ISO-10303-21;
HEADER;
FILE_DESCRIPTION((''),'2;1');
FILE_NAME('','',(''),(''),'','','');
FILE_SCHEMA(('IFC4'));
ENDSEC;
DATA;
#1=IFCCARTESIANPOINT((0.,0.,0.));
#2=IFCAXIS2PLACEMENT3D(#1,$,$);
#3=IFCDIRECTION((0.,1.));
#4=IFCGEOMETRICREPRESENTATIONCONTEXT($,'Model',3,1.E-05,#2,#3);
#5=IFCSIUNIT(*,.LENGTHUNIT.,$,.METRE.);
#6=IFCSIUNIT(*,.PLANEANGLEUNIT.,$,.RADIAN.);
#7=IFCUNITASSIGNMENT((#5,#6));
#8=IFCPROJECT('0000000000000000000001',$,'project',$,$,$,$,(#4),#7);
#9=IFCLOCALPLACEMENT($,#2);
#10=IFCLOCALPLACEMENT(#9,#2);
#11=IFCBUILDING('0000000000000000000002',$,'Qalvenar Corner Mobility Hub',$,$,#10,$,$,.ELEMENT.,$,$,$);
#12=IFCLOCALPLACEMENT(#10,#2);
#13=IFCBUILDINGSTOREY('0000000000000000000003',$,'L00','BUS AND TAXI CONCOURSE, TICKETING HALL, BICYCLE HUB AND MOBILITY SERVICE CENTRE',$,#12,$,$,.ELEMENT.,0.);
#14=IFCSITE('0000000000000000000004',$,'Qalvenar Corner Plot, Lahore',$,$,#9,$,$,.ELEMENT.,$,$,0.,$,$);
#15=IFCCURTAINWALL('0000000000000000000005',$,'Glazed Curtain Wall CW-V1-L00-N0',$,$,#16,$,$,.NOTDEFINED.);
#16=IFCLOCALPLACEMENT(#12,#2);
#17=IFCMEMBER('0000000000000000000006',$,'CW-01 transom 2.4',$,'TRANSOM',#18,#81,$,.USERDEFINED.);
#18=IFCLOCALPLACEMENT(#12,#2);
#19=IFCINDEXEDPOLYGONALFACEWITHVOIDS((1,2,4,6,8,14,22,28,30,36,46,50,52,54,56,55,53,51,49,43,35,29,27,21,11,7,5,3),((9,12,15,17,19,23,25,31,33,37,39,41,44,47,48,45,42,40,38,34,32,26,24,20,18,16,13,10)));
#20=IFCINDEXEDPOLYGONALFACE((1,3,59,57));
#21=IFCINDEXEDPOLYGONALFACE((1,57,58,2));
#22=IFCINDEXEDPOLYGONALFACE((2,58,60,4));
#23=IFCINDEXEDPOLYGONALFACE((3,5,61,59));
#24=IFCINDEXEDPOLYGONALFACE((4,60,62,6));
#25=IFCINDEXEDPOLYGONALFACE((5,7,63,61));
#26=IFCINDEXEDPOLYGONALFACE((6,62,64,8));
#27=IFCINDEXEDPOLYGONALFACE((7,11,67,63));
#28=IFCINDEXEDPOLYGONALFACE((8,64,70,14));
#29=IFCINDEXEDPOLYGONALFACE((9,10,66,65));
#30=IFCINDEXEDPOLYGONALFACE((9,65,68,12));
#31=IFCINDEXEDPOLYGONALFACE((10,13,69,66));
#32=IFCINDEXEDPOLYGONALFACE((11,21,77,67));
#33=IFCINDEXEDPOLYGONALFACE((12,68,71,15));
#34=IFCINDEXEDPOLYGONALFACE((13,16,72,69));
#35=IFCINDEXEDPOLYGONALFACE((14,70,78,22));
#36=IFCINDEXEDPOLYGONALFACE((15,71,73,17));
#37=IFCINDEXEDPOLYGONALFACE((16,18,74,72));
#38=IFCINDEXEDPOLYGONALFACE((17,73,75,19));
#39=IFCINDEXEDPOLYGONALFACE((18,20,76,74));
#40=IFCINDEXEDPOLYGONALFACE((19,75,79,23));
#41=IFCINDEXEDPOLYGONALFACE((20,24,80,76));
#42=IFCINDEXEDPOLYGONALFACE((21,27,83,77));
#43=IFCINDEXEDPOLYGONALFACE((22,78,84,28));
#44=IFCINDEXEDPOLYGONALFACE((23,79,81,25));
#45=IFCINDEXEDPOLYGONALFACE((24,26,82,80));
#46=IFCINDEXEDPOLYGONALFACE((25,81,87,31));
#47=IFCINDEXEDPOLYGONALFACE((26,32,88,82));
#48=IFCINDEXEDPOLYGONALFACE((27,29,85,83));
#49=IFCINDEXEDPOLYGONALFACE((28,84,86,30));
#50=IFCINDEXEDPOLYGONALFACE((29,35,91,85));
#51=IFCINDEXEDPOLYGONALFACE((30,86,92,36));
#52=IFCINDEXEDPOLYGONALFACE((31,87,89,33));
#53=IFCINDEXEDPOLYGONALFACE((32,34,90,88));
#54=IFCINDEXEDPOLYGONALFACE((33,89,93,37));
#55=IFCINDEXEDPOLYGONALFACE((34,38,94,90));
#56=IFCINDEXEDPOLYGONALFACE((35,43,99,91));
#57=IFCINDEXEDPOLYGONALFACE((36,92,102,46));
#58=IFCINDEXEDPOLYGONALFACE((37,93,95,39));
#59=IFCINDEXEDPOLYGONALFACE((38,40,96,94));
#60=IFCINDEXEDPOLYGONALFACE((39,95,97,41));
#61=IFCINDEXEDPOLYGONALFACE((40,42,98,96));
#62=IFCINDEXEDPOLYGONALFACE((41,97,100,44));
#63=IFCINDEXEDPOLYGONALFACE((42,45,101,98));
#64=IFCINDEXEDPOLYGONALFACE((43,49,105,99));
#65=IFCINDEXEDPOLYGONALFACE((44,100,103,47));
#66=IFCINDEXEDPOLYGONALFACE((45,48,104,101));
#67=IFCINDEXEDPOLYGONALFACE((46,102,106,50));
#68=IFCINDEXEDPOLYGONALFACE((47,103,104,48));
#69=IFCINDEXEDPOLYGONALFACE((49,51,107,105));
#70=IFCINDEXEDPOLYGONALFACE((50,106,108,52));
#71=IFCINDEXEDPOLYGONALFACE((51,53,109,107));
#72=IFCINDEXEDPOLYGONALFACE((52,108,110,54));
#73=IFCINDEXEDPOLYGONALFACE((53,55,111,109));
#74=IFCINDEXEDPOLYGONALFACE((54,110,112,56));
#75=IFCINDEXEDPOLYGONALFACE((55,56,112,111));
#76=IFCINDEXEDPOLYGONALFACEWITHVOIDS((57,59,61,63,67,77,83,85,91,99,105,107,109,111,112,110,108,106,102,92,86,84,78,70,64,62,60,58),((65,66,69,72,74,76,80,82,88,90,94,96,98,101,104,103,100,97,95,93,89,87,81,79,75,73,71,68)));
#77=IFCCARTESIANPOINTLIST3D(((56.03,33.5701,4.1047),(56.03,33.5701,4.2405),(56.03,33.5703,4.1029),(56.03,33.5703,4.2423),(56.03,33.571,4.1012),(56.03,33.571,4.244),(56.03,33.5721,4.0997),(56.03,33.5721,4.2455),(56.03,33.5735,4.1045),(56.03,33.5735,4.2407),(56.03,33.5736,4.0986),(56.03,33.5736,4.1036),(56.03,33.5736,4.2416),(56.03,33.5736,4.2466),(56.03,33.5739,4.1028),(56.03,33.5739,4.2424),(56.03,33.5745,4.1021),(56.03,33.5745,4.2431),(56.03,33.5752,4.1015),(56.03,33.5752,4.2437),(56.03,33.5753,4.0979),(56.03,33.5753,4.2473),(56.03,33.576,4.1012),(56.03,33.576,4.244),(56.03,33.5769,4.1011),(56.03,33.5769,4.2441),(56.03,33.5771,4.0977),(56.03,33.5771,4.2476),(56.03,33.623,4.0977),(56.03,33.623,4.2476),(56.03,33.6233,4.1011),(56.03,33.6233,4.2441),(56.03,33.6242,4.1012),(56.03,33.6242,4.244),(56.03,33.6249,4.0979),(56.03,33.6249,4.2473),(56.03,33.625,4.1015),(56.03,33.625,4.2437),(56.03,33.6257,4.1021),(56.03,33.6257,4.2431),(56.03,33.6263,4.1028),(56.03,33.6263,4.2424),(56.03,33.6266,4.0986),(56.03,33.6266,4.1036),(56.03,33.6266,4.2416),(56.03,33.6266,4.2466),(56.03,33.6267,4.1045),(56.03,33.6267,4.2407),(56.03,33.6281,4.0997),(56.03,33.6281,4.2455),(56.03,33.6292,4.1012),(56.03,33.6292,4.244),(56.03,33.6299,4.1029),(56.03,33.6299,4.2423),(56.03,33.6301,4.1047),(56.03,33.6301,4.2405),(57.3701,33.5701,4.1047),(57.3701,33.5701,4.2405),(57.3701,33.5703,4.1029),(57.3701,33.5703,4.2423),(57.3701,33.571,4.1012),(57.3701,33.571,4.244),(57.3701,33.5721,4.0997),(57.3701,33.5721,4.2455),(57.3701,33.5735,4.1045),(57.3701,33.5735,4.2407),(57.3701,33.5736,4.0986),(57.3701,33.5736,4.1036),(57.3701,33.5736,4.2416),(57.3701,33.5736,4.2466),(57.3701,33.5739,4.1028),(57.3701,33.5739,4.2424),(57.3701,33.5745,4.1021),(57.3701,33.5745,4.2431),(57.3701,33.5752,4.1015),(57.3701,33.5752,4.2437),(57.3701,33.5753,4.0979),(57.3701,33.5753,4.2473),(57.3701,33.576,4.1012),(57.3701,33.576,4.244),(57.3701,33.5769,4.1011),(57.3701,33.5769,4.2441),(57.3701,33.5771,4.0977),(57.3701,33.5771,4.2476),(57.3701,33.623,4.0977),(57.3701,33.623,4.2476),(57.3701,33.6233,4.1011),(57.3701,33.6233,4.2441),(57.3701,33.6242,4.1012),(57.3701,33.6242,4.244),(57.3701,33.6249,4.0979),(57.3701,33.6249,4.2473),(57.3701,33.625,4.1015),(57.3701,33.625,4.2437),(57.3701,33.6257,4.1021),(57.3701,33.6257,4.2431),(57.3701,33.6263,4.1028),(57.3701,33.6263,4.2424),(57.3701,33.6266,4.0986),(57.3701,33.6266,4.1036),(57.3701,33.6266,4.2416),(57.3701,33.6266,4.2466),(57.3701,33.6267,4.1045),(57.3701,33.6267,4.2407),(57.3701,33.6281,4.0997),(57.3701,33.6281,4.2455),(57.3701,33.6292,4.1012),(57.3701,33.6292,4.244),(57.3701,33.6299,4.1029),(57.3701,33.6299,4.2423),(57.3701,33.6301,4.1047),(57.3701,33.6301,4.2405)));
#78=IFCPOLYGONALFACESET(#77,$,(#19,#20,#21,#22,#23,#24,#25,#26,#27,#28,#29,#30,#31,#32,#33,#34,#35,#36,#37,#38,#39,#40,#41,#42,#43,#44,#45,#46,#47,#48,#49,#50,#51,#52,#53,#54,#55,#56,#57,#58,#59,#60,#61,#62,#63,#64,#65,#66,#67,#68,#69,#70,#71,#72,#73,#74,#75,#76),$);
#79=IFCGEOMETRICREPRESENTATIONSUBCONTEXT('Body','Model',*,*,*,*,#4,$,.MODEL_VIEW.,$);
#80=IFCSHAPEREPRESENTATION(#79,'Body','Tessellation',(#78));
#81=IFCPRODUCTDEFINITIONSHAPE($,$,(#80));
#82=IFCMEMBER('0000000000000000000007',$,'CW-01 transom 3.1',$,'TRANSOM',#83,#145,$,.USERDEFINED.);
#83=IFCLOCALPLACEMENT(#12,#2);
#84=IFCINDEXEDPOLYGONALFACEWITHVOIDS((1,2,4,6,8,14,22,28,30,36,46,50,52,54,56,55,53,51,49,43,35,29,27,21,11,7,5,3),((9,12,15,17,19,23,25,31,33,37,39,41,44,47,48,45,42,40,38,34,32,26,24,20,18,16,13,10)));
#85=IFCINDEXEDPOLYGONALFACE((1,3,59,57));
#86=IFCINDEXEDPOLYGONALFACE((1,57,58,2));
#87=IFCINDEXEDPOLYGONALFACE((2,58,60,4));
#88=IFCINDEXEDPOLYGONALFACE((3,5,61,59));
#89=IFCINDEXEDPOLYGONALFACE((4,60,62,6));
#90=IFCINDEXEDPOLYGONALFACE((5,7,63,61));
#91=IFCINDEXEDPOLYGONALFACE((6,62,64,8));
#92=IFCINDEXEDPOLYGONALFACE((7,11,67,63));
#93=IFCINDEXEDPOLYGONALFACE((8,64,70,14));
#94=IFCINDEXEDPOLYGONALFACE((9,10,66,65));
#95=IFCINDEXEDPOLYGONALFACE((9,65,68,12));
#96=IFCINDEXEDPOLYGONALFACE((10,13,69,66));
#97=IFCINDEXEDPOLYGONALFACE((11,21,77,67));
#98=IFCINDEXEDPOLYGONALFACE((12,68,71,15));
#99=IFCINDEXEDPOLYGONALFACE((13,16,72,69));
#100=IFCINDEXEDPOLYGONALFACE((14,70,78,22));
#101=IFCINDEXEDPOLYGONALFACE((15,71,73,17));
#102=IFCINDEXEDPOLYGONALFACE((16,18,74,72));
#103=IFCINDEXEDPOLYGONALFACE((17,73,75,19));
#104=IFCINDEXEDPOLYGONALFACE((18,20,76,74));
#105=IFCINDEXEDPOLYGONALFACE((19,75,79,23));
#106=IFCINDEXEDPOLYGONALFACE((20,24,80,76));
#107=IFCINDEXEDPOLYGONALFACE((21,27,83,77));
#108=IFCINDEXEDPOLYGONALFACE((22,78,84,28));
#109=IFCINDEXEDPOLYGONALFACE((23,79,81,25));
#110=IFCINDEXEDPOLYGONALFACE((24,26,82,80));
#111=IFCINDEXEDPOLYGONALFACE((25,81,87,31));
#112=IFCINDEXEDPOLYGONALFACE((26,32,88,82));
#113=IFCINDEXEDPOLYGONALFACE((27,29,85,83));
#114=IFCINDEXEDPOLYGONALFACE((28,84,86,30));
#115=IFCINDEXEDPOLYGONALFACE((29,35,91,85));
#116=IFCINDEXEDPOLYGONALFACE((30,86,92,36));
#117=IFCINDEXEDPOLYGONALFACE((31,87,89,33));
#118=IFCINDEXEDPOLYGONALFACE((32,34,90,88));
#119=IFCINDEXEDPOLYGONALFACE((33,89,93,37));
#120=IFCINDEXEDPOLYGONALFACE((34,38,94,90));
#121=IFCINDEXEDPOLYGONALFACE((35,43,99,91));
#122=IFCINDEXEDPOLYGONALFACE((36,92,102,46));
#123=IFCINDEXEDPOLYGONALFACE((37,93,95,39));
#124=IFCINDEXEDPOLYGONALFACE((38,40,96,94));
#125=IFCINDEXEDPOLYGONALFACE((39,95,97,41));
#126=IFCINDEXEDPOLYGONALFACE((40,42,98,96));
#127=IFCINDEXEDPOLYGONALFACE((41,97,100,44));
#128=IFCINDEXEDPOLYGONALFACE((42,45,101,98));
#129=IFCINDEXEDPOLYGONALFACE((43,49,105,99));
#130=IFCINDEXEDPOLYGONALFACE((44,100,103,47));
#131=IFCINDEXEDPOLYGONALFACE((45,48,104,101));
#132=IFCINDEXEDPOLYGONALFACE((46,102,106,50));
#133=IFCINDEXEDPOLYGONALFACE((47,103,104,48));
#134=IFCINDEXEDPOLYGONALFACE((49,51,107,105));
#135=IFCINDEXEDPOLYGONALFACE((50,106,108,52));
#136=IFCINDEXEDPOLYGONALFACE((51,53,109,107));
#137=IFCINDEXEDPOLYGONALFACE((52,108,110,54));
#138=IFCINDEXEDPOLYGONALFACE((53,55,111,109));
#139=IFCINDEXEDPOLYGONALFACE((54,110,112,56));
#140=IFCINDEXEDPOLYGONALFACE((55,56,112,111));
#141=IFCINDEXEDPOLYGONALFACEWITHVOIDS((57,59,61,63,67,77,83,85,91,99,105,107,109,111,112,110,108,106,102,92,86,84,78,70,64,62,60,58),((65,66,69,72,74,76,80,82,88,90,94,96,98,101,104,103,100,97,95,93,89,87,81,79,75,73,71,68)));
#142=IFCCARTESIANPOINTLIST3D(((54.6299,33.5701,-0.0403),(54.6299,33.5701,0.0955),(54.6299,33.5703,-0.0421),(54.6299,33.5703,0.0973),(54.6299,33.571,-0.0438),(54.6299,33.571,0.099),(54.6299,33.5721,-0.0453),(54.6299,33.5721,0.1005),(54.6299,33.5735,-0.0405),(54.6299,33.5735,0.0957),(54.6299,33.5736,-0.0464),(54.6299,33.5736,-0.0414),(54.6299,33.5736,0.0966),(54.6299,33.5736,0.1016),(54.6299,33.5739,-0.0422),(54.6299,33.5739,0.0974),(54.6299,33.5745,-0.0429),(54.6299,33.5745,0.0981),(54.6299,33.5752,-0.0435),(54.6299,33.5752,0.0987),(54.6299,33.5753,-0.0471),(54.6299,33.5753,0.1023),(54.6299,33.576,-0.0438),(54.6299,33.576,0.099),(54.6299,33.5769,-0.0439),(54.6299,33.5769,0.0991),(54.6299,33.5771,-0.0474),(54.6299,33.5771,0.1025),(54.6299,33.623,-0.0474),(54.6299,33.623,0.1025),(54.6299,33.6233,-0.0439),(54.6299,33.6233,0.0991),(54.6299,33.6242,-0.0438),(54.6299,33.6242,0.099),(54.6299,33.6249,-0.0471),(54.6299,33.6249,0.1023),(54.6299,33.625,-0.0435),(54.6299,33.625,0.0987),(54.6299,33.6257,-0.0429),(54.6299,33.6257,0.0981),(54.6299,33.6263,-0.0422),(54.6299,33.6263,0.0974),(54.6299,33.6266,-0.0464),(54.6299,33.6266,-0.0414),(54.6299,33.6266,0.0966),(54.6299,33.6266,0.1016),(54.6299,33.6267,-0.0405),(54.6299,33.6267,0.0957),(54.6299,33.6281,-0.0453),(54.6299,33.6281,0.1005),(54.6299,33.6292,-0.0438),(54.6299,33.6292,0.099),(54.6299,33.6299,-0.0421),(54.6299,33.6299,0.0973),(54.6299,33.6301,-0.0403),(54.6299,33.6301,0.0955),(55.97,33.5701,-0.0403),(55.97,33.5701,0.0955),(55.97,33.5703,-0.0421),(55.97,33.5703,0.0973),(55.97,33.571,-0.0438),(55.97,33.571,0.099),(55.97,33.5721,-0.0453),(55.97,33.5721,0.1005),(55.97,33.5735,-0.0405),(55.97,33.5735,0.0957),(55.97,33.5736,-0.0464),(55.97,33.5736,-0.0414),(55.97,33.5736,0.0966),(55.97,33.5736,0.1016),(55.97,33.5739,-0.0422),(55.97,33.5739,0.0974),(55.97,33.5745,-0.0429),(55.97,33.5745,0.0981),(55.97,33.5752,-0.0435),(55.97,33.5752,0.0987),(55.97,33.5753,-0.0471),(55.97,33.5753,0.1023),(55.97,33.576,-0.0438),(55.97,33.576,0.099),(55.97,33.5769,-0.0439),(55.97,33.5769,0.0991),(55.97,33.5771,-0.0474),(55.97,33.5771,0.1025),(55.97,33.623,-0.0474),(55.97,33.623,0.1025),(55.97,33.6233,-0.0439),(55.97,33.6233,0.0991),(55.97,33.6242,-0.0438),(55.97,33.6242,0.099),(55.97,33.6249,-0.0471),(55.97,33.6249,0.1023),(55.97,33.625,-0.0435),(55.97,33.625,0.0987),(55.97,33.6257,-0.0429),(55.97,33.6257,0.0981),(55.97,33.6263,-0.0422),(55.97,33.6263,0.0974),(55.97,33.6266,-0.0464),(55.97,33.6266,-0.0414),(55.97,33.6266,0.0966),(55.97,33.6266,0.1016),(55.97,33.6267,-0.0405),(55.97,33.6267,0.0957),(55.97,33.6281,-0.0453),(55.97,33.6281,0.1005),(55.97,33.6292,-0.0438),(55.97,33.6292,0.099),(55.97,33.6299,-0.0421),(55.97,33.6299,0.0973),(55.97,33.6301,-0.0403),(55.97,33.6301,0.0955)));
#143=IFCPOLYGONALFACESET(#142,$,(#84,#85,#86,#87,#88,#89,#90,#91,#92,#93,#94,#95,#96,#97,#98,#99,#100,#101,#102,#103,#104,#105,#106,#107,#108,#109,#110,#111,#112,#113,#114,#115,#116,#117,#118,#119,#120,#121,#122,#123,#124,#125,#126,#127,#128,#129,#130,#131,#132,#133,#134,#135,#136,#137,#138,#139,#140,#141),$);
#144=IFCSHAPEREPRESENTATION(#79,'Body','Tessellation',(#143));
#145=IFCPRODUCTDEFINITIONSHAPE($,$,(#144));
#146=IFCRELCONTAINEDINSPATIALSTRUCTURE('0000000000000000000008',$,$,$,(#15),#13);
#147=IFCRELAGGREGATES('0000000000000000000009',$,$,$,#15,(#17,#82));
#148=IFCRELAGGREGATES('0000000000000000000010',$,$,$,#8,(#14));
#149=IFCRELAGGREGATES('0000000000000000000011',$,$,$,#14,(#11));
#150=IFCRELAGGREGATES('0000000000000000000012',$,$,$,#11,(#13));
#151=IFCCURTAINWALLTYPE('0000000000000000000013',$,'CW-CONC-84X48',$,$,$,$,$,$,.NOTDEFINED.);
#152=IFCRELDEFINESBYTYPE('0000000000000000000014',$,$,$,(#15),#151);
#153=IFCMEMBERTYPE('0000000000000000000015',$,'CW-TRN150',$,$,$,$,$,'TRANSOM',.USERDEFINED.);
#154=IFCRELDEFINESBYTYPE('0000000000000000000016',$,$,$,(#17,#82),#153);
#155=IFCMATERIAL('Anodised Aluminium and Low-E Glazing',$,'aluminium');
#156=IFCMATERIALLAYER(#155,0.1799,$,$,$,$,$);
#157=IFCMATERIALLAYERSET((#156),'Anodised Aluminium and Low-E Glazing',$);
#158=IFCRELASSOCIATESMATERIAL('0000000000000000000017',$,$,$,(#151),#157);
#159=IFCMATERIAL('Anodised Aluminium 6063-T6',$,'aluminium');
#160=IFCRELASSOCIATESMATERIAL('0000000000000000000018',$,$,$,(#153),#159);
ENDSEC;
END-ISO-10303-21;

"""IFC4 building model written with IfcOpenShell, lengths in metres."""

from ifc_helpers import new_model, si_unit, direction, frame, origin, origin_2d, place, context, subcontext, project, spatial, hollow_rectangle, extrude, material, layer, layer_set, material_profile, profile_set, type_object, element, aggregate, save


model = new_model("IFC4")

# Units and contexts
model_context = context("Model", 3, precision=1e-05, world=origin(), true_north=direction((0.0, 1.0)))
body_context = subcontext(model_context, "Body", "Model", "MODEL_VIEW")
ifc_project = project(units=[si_unit("LENGTHUNIT", "METRE"), si_unit("PLANEANGLEUNIT", "RADIAN")], contexts=[model_context])

# Site, building, storey
site_placement = place(None, origin())
site = spatial("IfcSite", under=ifc_project, at=site_placement, Name="Qalvenar Corner Plot, Lahore", CompositionType="ELEMENT", RefElevation=0.0)
building_placement = place(site_placement, origin())
building = spatial("IfcBuilding", under=site, at=building_placement, Name="Qalvenar Corner Mobility Hub", CompositionType="ELEMENT")
storey_placement = place(building_placement, origin())
storey = spatial("IfcBuildingStorey", under=building, at=storey_placement, Name="L00", Description="BUS AND TAXI CONCOURSE, TICKETING HALL, BICYCLE HUB AND MOBILITY SERVICE CENTRE", CompositionType="ELEMENT", Elevation=0.0)

# Shared definitions
ifc_material_1 = material(Name="Anodised Aluminium and Low-E Glazing", Category="aluminium")
ifc_material_2 = material(Name="Anodised Aluminium 6063-T6", Category="aluminium")

# Curtain wall, members
ifc_layer_1 = layer(ifc_material_1, 0.1799)
ifc_layer_set_1 = layer_set([ifc_layer_1], Name="Anodised Aluminium and Low-E Glazing")
curtain_wall_type_1 = type_object("IfcCurtainWallType", Name="CW-CONC-84X48", PredefinedType="NOTDEFINED", material=ifc_layer_set_1)
curtain_wall_1_placement = place(storey_placement, origin())
curtain_wall_1 = element("IfcCurtainWall", 1, at=curtain_wall_1_placement, inside=storey, type_object=curtain_wall_type_1, Name="Glazed Curtain Wall CW-V1-L00-N0", PredefinedType="NOTDEFINED")
ifc_material_profile_1 = material_profile(ifc_material_2, hollow_rectangle(XDim=0.0601, YDim=0.1499, WallThickness=0.0034, InnerFilletRadius=0.0034, OuterFilletRadius=0.0071, at=origin_2d()), Name="RHS150x60x3.5")
ifc_profile_set_1 = profile_set([ifc_material_profile_1], Name="Anodised Aluminium 6063-T6")
member_type_1 = type_object("IfcMemberType", Name="CW-TRN150", ElementType="TRANSOM", PredefinedType="USERDEFINED", material=ifc_profile_set_1)
member_1_placement = place(storey_placement, frame((57.3701, 33.6001, 4.1726), z_axis=(-1.0, 0.0, 0.0), x_axis=(0.0, -1.0, 0.0)))
member_1 = element("IfcMember", 2, at=member_1_placement, type_object=member_type_1, Name="CW-01 transom 2.4", ObjectType="TRANSOM", PredefinedType="USERDEFINED", context=body_context, shape_type="SweptSolid", body=[
    extrude(hollow_rectangle(XDim=0.0601, YDim=0.1499, WallThickness=0.0034, InnerFilletRadius=0.0034, OuterFilletRadius=0.0071, at=origin_2d()), origin(), (0.0, 0.0, 1.0), 1.3401),
])
member_2_placement = place(storey_placement, frame((55.97, 33.6001, 0.0276), z_axis=(-1.0, 0.0, 0.0), x_axis=(0.0, -1.0, 0.0)))
member_2 = element("IfcMember", 3, at=member_2_placement, type_object=member_type_1, Name="CW-01 transom 3.1", ObjectType="TRANSOM", PredefinedType="USERDEFINED", context=body_context, shape_type="SweptSolid", body=[
    extrude(hollow_rectangle(XDim=0.0601, YDim=0.1499, WallThickness=0.0034, InnerFilletRadius=0.0034, OuterFilletRadius=0.0071, at=origin_2d()), origin(), (0.0, 0.0, 1.0), 1.3401),
])
aggregate(curtain_wall_1, [member_1, member_2])

save(model, "model.ifc")
